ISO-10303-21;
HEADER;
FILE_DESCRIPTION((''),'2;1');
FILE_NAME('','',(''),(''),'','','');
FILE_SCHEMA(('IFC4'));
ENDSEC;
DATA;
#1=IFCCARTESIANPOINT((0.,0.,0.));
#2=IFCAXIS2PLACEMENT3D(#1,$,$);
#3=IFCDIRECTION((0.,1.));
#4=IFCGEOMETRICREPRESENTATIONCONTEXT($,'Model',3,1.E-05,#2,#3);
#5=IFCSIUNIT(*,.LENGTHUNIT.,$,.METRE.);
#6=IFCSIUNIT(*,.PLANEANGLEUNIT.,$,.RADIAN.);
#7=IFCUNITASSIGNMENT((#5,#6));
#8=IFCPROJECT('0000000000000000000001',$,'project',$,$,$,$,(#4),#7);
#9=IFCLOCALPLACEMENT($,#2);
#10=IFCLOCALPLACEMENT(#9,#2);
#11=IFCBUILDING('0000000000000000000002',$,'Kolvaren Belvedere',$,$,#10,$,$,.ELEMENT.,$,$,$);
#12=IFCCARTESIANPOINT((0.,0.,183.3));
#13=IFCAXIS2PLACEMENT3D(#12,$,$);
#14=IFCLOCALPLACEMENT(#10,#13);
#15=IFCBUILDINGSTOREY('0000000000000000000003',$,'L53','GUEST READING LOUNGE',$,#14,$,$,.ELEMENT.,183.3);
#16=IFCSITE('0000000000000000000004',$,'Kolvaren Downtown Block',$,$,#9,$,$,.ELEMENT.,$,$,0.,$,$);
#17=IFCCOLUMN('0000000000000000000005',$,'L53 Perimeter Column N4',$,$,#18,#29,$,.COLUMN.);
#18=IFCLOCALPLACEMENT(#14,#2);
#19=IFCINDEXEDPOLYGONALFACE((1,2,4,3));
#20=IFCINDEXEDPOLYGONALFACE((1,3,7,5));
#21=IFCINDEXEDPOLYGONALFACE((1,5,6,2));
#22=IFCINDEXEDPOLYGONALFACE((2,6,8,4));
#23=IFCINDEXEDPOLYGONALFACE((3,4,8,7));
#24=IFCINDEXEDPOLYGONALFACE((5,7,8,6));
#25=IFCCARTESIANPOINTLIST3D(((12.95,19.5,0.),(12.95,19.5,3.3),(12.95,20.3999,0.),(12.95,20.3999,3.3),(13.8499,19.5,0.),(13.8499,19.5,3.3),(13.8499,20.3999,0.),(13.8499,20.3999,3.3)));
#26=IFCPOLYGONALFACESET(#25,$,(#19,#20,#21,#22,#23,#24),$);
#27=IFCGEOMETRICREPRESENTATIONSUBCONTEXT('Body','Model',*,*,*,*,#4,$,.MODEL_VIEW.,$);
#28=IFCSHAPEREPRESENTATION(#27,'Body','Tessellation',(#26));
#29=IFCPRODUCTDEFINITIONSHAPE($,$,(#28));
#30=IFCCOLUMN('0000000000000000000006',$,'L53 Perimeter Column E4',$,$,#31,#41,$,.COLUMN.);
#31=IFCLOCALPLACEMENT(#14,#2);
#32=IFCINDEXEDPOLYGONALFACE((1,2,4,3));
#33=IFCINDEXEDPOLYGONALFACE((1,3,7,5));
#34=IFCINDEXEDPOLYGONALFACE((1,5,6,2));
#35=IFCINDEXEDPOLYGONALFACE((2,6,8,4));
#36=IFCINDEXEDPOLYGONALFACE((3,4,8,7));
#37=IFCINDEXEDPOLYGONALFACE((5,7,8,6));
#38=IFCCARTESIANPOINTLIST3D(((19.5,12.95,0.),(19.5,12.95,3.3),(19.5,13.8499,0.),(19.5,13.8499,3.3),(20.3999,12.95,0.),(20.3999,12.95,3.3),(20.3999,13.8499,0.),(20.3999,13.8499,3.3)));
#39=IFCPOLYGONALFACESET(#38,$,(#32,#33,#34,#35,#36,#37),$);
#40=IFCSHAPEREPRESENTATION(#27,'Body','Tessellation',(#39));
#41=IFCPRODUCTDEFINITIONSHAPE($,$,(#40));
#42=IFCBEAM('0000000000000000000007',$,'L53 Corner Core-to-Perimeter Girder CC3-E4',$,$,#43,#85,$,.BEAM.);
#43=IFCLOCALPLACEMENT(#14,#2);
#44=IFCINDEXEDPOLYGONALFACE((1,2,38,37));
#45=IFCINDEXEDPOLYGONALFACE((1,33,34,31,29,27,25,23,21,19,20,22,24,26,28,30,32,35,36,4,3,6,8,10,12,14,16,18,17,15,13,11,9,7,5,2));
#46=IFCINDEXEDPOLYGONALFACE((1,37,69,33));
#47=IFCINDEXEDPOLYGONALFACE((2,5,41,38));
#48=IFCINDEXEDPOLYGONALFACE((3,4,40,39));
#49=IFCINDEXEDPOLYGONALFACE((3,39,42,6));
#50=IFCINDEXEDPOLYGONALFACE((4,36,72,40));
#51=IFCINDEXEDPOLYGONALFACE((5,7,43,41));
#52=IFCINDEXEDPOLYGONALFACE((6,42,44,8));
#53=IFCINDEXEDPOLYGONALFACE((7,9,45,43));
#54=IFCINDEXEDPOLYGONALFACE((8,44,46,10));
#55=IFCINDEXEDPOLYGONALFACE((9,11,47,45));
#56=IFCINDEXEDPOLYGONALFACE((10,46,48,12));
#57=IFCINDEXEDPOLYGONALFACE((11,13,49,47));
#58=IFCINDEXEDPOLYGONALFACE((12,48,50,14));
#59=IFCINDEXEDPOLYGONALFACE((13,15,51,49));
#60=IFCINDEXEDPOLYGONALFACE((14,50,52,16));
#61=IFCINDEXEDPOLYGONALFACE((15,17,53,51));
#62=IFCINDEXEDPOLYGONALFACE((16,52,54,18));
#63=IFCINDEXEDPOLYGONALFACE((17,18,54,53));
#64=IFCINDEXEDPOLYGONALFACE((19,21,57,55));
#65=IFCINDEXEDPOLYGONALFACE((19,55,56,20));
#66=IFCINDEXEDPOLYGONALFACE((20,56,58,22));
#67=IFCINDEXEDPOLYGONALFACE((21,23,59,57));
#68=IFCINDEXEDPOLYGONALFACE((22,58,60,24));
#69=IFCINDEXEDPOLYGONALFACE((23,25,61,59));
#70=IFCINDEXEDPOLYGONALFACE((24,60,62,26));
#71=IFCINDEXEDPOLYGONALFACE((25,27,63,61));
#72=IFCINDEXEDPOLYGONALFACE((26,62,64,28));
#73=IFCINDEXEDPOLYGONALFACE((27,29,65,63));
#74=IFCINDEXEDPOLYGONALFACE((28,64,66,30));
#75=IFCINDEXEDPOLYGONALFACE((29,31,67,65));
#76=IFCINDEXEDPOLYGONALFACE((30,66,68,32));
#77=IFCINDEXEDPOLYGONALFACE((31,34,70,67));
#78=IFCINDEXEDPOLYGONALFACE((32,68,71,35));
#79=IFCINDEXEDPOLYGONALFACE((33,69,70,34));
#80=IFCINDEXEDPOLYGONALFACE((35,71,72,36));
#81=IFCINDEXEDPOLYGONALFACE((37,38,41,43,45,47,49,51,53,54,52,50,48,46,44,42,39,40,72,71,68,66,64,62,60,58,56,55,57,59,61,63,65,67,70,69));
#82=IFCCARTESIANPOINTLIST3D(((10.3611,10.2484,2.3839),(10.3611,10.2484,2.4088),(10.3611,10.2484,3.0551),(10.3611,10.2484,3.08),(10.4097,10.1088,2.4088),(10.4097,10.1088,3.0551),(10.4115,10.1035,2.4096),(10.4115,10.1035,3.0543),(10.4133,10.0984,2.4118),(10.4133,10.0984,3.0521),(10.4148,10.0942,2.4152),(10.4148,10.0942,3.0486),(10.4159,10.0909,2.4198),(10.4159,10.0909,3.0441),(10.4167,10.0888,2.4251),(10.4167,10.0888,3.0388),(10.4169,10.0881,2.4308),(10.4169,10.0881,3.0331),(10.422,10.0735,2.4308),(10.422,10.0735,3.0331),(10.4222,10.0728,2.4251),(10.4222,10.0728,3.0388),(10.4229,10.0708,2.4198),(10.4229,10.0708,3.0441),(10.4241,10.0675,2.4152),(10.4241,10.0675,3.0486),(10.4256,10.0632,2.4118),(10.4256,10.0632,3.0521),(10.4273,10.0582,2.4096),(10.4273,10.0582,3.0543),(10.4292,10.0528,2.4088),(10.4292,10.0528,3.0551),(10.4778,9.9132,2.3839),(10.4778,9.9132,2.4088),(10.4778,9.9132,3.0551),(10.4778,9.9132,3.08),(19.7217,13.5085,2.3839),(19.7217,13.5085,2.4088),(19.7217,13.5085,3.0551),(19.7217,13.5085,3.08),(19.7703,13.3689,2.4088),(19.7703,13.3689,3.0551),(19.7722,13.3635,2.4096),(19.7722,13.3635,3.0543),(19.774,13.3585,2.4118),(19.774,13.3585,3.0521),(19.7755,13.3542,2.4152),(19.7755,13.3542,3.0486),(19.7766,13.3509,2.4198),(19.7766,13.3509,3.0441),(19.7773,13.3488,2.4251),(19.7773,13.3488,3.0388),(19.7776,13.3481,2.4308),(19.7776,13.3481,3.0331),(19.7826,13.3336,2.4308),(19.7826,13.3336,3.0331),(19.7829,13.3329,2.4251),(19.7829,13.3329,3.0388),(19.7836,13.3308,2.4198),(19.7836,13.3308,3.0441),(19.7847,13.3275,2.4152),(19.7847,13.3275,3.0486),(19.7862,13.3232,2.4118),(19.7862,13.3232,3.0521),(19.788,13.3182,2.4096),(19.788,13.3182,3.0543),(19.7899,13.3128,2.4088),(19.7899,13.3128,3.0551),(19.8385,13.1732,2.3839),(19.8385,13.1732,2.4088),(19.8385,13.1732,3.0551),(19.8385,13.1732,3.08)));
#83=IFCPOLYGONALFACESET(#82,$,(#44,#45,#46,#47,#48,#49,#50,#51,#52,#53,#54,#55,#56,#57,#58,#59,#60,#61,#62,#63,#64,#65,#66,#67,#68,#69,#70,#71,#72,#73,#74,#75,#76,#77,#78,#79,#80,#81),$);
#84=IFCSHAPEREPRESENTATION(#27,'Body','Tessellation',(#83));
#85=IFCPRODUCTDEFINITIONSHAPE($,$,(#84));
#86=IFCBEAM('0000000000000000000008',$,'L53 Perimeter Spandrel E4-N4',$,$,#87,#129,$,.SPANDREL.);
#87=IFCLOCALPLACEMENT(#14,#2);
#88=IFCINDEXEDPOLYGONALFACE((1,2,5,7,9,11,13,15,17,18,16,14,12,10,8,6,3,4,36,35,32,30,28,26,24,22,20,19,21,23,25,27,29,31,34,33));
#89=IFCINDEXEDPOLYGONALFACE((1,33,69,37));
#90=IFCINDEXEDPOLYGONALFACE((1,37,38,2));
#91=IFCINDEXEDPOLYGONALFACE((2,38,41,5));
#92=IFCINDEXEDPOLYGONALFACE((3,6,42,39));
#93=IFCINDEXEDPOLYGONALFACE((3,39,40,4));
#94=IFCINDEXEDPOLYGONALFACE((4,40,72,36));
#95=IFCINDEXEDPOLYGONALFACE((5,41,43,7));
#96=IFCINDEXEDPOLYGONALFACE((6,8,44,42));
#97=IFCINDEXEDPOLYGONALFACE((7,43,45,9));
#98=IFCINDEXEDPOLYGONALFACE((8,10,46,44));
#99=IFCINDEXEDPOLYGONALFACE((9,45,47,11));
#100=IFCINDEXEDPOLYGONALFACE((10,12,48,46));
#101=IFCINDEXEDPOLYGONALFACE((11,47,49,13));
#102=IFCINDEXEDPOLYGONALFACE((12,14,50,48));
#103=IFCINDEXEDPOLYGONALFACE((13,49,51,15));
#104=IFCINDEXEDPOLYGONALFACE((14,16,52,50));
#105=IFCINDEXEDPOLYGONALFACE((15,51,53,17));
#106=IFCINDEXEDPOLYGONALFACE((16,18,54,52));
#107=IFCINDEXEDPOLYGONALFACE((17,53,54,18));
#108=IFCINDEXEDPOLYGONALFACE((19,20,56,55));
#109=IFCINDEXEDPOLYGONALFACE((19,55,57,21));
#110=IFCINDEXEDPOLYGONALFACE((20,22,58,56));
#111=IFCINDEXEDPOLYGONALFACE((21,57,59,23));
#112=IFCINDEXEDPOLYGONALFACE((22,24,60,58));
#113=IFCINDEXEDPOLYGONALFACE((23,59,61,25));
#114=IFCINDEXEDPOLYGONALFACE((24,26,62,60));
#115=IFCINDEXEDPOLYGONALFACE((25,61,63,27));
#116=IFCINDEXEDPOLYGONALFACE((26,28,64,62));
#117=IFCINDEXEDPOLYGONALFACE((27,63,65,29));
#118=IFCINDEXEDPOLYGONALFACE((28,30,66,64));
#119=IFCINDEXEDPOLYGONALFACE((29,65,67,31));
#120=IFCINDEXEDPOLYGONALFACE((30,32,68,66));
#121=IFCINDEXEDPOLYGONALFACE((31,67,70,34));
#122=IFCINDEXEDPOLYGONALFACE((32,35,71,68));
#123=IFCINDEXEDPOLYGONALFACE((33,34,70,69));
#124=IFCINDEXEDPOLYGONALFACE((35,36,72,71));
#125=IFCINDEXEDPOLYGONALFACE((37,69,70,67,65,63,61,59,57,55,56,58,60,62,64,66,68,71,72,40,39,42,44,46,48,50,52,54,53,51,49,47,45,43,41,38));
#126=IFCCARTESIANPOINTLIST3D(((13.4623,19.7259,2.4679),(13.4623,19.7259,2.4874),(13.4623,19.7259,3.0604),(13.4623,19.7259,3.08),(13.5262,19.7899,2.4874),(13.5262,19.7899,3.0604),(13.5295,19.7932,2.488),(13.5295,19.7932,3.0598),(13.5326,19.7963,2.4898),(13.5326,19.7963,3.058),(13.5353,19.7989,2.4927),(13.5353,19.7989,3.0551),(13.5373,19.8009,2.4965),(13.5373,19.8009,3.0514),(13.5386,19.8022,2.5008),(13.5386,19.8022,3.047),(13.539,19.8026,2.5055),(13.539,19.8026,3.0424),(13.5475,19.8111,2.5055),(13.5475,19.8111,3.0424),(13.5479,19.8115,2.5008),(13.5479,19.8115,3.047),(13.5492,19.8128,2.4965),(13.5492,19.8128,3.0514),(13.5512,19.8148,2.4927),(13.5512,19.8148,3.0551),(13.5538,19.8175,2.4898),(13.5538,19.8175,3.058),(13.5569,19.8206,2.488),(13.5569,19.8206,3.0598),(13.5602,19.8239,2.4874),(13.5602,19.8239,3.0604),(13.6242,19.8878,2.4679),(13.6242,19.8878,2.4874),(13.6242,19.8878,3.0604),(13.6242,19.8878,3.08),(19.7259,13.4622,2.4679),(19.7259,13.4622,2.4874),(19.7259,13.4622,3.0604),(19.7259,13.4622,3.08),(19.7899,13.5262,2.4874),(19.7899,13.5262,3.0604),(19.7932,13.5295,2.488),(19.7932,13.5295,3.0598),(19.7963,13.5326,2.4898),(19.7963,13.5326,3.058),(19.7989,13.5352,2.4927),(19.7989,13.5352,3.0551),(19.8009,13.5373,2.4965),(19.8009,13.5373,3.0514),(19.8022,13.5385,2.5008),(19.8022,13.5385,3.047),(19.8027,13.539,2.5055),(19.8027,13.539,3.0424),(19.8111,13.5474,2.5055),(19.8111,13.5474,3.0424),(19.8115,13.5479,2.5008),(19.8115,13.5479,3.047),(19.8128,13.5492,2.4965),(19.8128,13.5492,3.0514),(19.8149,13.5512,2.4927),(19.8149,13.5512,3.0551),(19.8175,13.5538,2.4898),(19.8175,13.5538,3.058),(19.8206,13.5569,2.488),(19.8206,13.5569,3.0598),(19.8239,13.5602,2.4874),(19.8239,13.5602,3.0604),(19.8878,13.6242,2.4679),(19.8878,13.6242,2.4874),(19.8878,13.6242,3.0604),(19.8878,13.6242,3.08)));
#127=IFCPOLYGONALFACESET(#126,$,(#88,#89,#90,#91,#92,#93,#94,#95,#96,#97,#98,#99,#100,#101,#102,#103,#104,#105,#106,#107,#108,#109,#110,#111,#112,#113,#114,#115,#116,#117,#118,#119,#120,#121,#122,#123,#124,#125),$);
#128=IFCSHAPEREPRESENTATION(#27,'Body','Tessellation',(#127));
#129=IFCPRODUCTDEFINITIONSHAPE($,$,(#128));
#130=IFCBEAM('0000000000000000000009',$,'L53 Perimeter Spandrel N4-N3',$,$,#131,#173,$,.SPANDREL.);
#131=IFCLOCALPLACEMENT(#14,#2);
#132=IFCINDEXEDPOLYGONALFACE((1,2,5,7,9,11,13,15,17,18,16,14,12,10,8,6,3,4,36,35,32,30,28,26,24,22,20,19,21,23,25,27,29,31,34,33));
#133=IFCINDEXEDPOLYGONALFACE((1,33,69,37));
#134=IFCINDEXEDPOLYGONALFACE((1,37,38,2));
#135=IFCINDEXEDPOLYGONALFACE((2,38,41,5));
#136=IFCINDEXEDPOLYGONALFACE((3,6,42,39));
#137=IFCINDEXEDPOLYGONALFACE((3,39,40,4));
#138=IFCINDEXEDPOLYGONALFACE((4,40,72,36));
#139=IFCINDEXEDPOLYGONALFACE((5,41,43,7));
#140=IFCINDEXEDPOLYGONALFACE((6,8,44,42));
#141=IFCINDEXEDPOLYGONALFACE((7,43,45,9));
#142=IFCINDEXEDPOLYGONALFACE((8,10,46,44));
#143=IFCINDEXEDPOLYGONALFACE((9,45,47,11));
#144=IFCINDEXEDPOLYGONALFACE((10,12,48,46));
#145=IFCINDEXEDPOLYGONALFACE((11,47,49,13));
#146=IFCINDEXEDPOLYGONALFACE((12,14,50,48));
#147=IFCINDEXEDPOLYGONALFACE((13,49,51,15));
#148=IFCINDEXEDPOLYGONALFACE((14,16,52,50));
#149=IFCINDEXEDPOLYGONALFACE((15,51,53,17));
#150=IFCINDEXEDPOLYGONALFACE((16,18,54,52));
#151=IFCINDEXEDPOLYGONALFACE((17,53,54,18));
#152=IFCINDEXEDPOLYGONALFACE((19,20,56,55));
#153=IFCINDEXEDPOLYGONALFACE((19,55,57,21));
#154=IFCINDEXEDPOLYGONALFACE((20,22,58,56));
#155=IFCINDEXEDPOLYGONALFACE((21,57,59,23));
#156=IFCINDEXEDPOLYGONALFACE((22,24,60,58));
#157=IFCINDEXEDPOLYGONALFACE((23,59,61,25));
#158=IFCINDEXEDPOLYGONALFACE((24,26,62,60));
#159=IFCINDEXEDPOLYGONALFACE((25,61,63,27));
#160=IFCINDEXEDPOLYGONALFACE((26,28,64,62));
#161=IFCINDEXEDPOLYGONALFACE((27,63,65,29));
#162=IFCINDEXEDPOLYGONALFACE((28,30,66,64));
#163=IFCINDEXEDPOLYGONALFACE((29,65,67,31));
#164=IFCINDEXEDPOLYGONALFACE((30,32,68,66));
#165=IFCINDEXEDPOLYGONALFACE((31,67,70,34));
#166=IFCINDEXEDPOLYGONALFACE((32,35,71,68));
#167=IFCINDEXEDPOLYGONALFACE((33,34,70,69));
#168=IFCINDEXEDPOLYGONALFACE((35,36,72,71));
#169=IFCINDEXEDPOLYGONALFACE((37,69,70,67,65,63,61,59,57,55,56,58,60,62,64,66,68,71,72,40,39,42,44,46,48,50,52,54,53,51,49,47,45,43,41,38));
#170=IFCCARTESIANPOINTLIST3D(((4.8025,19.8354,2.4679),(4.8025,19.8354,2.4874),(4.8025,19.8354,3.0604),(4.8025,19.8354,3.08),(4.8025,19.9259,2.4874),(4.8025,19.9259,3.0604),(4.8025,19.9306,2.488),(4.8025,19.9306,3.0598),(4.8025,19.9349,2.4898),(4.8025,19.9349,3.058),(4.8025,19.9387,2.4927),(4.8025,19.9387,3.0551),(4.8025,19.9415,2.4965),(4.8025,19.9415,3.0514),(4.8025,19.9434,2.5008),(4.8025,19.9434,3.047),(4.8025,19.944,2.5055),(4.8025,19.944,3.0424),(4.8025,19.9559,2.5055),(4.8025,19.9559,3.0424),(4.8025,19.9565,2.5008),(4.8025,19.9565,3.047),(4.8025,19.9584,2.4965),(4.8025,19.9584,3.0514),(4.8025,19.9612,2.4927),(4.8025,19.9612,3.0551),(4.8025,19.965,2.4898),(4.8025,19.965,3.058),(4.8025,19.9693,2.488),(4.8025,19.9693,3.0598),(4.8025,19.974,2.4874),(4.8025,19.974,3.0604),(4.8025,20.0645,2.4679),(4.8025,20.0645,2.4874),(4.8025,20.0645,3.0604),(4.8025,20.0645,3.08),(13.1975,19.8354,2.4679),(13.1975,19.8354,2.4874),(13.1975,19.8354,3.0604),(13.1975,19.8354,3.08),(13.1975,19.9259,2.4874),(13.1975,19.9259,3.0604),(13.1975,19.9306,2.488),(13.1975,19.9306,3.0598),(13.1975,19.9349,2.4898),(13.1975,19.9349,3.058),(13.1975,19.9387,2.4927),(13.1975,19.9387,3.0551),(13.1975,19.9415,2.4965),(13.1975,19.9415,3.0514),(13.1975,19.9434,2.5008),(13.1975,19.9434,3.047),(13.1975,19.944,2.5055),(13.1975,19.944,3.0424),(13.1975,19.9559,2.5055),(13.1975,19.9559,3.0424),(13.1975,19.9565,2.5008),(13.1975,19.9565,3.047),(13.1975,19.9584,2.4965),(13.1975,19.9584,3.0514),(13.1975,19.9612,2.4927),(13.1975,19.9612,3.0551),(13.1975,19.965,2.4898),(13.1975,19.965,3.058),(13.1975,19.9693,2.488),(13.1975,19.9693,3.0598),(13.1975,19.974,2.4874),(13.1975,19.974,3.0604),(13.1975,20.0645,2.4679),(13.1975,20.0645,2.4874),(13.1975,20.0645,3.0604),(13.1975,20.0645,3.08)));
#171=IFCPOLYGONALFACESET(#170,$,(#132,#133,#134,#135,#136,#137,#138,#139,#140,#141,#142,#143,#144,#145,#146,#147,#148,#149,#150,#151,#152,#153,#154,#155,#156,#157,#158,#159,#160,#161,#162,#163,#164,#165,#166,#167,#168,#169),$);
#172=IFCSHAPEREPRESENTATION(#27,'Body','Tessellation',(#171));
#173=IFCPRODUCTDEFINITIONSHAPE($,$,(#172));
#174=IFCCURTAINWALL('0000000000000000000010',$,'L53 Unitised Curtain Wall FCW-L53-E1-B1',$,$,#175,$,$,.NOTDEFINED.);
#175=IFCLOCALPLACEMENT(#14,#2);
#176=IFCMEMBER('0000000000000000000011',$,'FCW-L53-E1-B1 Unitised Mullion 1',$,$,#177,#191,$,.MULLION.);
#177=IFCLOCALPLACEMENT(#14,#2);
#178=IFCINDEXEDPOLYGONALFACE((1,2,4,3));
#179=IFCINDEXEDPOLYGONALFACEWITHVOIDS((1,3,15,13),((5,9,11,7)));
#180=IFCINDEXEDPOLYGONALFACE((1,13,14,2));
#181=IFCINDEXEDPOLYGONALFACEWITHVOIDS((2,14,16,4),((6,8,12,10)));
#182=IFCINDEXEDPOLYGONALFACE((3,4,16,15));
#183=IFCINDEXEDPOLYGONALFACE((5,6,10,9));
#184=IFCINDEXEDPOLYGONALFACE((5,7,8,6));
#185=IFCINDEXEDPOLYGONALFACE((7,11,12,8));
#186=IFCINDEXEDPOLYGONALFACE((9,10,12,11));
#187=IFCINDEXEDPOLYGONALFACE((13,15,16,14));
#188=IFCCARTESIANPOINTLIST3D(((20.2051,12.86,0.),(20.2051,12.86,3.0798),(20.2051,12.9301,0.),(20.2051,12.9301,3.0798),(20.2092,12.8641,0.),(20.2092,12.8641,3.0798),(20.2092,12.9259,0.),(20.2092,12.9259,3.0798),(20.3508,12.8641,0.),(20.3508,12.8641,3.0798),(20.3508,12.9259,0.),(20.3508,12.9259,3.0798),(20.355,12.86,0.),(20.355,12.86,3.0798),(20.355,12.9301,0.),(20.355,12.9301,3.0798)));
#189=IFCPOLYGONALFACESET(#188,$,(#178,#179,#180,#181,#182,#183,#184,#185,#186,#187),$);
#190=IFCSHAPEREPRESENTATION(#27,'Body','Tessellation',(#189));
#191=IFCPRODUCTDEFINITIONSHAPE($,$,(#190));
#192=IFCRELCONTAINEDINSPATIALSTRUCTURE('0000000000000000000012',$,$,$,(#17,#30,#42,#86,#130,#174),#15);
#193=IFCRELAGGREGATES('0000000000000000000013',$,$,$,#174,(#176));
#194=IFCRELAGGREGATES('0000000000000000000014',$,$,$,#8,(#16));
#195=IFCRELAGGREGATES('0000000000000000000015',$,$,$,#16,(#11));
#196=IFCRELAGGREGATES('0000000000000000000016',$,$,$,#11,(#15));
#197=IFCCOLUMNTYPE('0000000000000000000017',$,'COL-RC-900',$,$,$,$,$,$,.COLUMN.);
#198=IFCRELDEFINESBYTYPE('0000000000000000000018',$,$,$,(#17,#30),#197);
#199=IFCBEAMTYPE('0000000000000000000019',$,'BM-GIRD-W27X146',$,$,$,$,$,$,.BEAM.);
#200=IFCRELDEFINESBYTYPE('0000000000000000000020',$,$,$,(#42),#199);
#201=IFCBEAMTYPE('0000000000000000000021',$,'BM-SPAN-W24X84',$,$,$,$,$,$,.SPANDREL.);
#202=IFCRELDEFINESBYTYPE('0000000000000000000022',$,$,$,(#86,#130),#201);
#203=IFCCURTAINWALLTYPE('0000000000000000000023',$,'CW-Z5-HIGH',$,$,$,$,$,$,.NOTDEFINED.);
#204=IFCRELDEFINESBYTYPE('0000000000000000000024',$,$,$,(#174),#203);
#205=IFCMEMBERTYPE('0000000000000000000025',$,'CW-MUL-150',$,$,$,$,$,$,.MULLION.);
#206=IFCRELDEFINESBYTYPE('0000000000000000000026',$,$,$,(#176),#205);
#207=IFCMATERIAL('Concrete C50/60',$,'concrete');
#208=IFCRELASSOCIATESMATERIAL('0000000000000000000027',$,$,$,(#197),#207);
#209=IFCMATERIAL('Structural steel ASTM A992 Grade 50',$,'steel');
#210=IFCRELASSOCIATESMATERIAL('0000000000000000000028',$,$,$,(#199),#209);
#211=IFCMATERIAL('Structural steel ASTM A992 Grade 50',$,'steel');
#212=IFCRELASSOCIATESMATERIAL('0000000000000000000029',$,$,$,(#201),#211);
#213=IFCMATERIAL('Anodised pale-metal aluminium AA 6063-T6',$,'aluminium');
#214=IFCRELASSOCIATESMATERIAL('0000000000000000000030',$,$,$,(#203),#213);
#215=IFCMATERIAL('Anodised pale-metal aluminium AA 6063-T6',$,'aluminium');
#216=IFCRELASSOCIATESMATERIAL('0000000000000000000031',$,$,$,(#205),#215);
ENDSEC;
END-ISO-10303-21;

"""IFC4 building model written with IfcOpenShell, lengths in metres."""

from ifc_helpers import new_model, si_unit, direction, frame, origin, origin_2d, place, context, subcontext, project, spatial, rectangle, hollow_rectangle, i_section, extrude, material, material_profile, profile_set, type_object, element, aggregate, save


model = new_model("IFC4")

# Units and contexts
model_context = context("Model", 3, precision=1e-05, world=origin(), true_north=direction((0.0, 1.0)))
body_context = subcontext(model_context, "Body", "Model", "MODEL_VIEW")
ifc_project = project(units=[si_unit("LENGTHUNIT", "METRE"), si_unit("PLANEANGLEUNIT", "RADIAN")], contexts=[model_context])

# Site, building, storey
site_placement = place(None, origin())
site = spatial("IfcSite", under=ifc_project, at=site_placement, Name="Kolvaren Downtown Block", CompositionType="ELEMENT", RefElevation=0.0)
building_placement = place(site_placement, origin())
building = spatial("IfcBuilding", under=site, at=building_placement, Name="Kolvaren Belvedere", CompositionType="ELEMENT")
storey_placement = place(building_placement, frame((0.0, 0.0, 183.3)))
storey = spatial("IfcBuildingStorey", under=building, at=storey_placement, Name="L53", Description="GUEST READING LOUNGE", CompositionType="ELEMENT", Elevation=183.3)

# Columns
ifc_material_1 = material(Name="Concrete C50/60", Category="concrete")
ifc_material_profile_1 = material_profile(ifc_material_1, rectangle(XDim=0.8999, YDim=0.8999, at=origin_2d()), Name="RC 900X900")
ifc_profile_set_1 = profile_set([ifc_material_profile_1], Name="Concrete C50/60")
column_type = type_object("IfcColumnType", Name="COL-RC-900", PredefinedType="COLUMN", material=ifc_profile_set_1)
for number, where, z_axis, x_axis, name in (
    (1, (13.3999, 19.95, 0.0), (0.0, 0.0, 1.0), (1.0, 0.0, 0.0), "L53 Perimeter Column N4"),
    (2, (19.95, 13.3999, 0.0), (0.0, 0.0, 1.0), (1.0, 0.0, 0.0), "L53 Perimeter Column E4"),
):
    element("IfcColumn", number, at=place(storey_placement, frame(where, z_axis=z_axis, x_axis=x_axis)), inside=storey, type_object=column_type, Name=name, PredefinedType="COLUMN", context=body_context, shape_type="SweptSolid", body=[
        extrude(rectangle(XDim=0.8999, YDim=0.8999, at=origin_2d()), origin(), (0.0, 0.0, 1.0), 3.3),
    ])

# Beams
ifc_material_2 = material(Name="Structural steel ASTM A992 Grade 50", Category="steel")
ifc_material_profile_2 = material_profile(ifc_material_2, i_section(OverallWidth=0.355, OverallDepth=0.696, WebThickness=0.0154, FlangeThickness=0.0249, FilletRadius=0.022, at=origin_2d()), Name="W27X146")
ifc_profile_set_2 = profile_set([ifc_material_profile_2], Name="Structural steel ASTM A992 Grade 50")
beam_type_1 = type_object("IfcBeamType", Name="BM-GIRD-W27X146", PredefinedType="BEAM", material=ifc_profile_set_2)
beam_1_placement = place(storey_placement, frame((10.4194, 10.0808, 2.7319), z_axis=(0.944367, 0.328894, 0.0), x_axis=(-0.328894, 0.944367, 0.0)))
element("IfcBeam", 3, at=beam_1_placement, inside=storey, type_object=beam_type_1, Name="L53 Corner Core-to-Perimeter Girder CC3-E4", PredefinedType="BEAM", context=body_context, shape_type="SweptSolid", body=[
    extrude(i_section(OverallWidth=0.355, OverallDepth=0.696, WebThickness=0.0154, FlangeThickness=0.0249, FilletRadius=0.022, at=origin_2d()), origin(), (0.0, 0.0, 1.0), 9.9121),
])
ifc_material_3 = material(Name="Structural steel ASTM A992 Grade 50", Category="steel")
ifc_material_profile_3 = material_profile(ifc_material_3, i_section(OverallWidth=0.229, OverallDepth=0.6121, WebThickness=0.012, FlangeThickness=0.0195, FilletRadius=0.0181, at=origin_2d()), Name="W24X84")
ifc_profile_set_3 = profile_set([ifc_material_profile_3], Name="Structural steel ASTM A992 Grade 50")
beam_type_2 = type_object("IfcBeamType", Name="BM-SPAN-W24X84", PredefinedType="SPANDREL", material=ifc_profile_set_3)
beam_2_placement = place(storey_placement, frame((19.8069, 13.5432, 2.7739), z_axis=(-0.707107, 0.707107, 0.0), x_axis=(-0.707107, -0.707107, 0.0)))
element("IfcBeam", 4, at=beam_2_placement, inside=storey, type_object=beam_type_2, Name="L53 Perimeter Spandrel E4-N4", PredefinedType="SPANDREL", context=body_context, shape_type="SweptSolid", body=[
    extrude(i_section(OverallWidth=0.229, OverallDepth=0.6121, WebThickness=0.012, FlangeThickness=0.0195, FilletRadius=0.0181, at=origin_2d()), origin(), (0.0, 0.0, 1.0), 8.8582),
])
beam_3_placement = place(storey_placement, frame((13.1975, 19.95, 2.7739), z_axis=(-1.0, 0.0, 0.0), x_axis=(0.0, -1.0, 0.0)))
element("IfcBeam", 5, at=beam_3_placement, inside=storey, type_object=beam_type_2, Name="L53 Perimeter Spandrel N4-N3", PredefinedType="SPANDREL", context=body_context, shape_type="SweptSolid", body=[
    extrude(i_section(OverallWidth=0.229, OverallDepth=0.6121, WebThickness=0.012, FlangeThickness=0.0195, FilletRadius=0.0181, at=origin_2d()), origin(), (0.0, 0.0, 1.0), 8.395),
])

# Curtain wall, member
ifc_material_4 = material(Name="Anodised pale-metal aluminium AA 6063-T6", Category="aluminium")
curtain_wall_type = type_object("IfcCurtainWallType", Name="CW-Z5-HIGH", PredefinedType="NOTDEFINED", material=ifc_material_4)
curtain_wall_1_placement = place(storey_placement, origin())
curtain_wall_1 = element("IfcCurtainWall", 6, at=curtain_wall_1_placement, inside=storey, type_object=curtain_wall_type, Name="L53 Unitised Curtain Wall FCW-L53-E1-B1", PredefinedType="NOTDEFINED")
ifc_material_5 = material(Name="Anodised pale-metal aluminium AA 6063-T6", Category="aluminium")
ifc_material_profile_4 = material_profile(ifc_material_5, hollow_rectangle(XDim=0.0701, YDim=0.1499, WallThickness=0.0042, at=origin_2d()), Name="ALU-MUL-150X70")
ifc_profile_set_4 = profile_set([ifc_material_profile_4], Name="Anodised pale-metal aluminium AA 6063-T6")
member_type_1 = type_object("IfcMemberType", Name="CW-MUL-150", PredefinedType="MULLION", material=ifc_profile_set_4)
member_1_placement = place(storey_placement, frame((20.28, 12.895, 0.0), z_axis=(0.0, 0.0, 1.0), x_axis=(0.0, 1.0, 0.0)))
member_1 = element("IfcMember", 7, at=member_1_placement, type_object=member_type_1, Name="FCW-L53-E1-B1 Unitised Mullion 1", PredefinedType="MULLION", context=body_context, shape_type="SweptSolid", body=[
    extrude(hollow_rectangle(XDim=0.0701, YDim=0.1499, WallThickness=0.0042, at=origin_2d()), origin(), (0.0, 0.0, 1.0), 3.0798),
])

aggregate(curtain_wall_1, [member_1])

save(model, "model.ifc")
